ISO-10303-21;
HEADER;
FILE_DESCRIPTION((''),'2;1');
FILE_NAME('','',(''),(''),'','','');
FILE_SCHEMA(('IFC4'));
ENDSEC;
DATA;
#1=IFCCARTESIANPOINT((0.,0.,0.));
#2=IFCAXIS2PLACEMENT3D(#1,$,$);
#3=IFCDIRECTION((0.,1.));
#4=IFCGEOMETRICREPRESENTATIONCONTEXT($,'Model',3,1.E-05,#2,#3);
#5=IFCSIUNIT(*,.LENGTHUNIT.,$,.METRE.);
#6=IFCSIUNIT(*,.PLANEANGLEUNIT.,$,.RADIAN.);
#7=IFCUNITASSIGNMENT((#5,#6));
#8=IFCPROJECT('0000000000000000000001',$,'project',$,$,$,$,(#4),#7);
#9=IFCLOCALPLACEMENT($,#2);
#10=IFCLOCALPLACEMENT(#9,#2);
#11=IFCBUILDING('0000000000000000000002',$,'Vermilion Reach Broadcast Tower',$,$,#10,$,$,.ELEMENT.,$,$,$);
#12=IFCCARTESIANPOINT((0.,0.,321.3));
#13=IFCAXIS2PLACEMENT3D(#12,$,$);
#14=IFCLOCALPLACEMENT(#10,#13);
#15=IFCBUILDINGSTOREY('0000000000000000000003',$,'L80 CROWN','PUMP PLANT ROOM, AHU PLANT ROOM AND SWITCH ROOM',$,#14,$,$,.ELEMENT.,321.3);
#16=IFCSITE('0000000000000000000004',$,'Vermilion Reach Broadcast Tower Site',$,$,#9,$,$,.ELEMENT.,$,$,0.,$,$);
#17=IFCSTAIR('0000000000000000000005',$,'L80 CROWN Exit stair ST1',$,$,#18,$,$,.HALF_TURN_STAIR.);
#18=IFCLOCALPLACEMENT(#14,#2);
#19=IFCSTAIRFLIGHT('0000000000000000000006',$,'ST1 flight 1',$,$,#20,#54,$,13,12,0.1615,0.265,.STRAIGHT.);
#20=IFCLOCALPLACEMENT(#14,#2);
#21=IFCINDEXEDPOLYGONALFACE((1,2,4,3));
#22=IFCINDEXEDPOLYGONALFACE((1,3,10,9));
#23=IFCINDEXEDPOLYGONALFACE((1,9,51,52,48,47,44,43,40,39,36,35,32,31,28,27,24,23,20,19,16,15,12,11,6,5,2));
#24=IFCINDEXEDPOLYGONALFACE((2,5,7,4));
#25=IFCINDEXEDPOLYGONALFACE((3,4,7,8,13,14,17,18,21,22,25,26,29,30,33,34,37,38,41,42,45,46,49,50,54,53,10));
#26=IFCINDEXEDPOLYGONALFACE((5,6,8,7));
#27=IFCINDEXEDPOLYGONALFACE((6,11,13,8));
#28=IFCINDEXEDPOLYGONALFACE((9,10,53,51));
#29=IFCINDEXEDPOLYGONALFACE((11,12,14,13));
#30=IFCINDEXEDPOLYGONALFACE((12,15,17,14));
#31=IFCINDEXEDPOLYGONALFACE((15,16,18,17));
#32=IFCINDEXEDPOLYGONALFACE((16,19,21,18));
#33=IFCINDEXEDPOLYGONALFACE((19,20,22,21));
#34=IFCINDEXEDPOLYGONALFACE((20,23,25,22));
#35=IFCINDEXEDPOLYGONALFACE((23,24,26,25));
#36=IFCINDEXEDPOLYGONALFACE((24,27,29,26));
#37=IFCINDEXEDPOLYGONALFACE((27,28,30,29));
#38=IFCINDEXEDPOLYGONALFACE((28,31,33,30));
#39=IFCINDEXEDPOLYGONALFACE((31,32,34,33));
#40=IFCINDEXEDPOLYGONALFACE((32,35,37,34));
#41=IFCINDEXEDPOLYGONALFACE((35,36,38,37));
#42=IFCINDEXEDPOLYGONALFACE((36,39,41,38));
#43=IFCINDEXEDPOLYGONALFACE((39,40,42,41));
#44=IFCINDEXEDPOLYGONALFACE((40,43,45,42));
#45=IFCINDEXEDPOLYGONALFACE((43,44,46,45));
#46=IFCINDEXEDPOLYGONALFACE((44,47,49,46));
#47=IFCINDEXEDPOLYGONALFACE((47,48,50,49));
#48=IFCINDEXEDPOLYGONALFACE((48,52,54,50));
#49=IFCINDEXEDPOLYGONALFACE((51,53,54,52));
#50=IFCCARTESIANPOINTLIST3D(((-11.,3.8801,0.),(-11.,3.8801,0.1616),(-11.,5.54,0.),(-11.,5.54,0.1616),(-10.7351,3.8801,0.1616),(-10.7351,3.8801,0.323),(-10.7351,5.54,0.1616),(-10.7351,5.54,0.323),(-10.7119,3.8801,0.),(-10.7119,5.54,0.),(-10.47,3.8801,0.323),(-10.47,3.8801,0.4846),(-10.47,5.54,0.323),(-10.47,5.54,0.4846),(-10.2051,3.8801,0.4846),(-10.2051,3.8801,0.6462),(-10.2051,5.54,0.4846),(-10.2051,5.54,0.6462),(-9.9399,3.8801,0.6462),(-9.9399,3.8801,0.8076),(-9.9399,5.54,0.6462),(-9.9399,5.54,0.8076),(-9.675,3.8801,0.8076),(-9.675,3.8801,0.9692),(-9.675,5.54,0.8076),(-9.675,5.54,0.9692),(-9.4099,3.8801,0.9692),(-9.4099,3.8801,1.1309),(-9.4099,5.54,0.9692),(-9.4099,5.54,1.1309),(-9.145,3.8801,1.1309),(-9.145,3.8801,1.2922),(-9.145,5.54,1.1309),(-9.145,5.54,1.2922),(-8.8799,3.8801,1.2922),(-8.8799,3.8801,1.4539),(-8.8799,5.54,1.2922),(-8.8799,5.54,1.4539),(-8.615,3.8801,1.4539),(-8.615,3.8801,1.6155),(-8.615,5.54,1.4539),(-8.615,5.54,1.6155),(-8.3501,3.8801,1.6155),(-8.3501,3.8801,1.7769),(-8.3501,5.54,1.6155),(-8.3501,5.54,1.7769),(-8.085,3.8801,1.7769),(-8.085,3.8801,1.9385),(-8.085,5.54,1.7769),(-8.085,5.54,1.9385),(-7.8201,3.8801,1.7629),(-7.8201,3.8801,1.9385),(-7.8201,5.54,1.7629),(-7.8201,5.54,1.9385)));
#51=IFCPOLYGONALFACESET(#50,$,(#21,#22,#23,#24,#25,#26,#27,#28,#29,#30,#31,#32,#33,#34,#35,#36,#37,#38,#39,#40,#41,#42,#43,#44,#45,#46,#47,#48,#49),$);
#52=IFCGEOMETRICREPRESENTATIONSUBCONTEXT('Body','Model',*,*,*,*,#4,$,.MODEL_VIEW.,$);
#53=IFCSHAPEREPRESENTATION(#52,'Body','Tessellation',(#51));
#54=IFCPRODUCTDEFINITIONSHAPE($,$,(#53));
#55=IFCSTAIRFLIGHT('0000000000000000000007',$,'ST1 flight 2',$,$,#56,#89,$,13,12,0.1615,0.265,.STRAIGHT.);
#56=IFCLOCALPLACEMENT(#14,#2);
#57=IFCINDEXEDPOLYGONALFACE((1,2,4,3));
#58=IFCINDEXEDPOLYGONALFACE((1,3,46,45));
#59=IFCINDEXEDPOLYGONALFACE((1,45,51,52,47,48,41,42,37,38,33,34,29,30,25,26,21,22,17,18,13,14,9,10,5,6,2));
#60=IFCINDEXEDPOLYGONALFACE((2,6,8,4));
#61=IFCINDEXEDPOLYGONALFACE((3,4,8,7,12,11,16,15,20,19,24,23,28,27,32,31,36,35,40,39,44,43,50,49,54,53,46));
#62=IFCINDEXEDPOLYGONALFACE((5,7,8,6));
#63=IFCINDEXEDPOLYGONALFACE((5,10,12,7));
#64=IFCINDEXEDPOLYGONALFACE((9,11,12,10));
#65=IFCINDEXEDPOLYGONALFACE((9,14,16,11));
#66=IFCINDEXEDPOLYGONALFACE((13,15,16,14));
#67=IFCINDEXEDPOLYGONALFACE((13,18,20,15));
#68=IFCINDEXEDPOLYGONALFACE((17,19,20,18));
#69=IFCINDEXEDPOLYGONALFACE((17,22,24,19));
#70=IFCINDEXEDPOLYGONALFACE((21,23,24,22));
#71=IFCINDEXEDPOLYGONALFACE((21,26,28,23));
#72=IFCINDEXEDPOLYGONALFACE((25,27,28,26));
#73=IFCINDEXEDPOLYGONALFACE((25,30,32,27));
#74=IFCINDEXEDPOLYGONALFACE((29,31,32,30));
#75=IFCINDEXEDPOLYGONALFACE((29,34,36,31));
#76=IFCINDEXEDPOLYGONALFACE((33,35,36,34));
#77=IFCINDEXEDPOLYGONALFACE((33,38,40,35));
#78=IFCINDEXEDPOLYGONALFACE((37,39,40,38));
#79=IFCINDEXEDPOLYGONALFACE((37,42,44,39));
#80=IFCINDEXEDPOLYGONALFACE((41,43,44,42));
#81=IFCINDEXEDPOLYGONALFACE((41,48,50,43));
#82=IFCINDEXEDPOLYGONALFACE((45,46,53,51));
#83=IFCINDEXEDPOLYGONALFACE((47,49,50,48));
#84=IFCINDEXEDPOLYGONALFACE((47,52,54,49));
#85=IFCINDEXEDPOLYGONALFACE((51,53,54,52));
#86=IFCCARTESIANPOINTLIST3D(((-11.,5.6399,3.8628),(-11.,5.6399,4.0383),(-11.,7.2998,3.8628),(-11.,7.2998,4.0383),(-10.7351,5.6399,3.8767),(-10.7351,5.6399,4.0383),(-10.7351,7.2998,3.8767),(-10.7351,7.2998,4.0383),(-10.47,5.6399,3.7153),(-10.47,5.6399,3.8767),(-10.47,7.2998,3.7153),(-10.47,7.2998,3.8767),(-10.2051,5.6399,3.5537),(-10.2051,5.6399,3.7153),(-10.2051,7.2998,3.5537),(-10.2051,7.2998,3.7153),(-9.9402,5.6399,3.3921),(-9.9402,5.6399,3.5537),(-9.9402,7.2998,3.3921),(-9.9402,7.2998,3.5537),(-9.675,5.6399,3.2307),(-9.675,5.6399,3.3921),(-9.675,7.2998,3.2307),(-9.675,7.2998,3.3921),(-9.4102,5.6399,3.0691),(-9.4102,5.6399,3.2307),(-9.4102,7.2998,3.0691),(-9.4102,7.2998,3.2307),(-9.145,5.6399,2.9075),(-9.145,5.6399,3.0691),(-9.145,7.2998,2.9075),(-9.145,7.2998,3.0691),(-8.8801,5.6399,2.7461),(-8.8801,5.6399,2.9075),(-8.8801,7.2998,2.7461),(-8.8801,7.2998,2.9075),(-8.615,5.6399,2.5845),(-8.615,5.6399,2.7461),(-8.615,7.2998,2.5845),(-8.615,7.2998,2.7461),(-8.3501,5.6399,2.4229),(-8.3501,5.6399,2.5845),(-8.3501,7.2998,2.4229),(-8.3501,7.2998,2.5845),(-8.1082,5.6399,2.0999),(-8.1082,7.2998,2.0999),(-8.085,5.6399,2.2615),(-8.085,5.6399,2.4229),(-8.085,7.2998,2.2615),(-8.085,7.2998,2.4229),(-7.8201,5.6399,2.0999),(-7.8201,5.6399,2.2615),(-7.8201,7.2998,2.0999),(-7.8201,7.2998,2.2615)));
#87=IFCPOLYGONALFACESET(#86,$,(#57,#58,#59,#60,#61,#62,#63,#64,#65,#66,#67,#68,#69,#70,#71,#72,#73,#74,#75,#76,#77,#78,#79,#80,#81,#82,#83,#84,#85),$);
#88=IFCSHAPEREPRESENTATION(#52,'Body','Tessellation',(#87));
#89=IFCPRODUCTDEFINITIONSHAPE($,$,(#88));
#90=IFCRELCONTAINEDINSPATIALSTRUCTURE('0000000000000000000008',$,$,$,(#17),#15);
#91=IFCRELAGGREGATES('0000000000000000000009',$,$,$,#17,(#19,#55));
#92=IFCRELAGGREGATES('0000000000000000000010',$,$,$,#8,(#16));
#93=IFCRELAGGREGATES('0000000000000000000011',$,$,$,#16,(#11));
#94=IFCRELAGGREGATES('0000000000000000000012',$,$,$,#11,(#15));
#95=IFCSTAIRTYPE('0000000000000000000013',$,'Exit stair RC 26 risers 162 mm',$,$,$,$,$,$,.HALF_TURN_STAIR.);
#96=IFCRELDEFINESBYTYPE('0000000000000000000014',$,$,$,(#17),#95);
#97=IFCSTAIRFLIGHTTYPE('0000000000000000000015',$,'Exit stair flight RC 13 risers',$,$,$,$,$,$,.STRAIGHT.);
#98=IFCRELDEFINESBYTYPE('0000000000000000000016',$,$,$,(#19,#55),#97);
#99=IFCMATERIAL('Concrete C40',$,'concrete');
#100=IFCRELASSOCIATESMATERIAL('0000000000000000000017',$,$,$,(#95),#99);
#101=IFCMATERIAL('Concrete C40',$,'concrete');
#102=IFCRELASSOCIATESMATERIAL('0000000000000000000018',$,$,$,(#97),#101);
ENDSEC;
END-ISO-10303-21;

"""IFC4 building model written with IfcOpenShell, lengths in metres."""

from ifc_helpers import new_model, si_unit, direction, frame, origin, place, context, subcontext, project, spatial, polyline, outline, extrude, material, type_object, element, aggregate, save


model = new_model("IFC4")

# Units and contexts
model_context = context("Model", 3, precision=1e-05, world=origin(), true_north=direction((0.0, 1.0)))
body_context = subcontext(model_context, "Body", "Model", "MODEL_VIEW")
ifc_project = project(units=[si_unit("LENGTHUNIT", "METRE"), si_unit("PLANEANGLEUNIT", "RADIAN")], contexts=[model_context])

# Site, building, storey
site_placement = place(None, origin())
site = spatial("IfcSite", under=ifc_project, at=site_placement, Name="Vermilion Reach Broadcast Tower Site", CompositionType="ELEMENT", RefElevation=0.0)
building_placement = place(site_placement, origin())
building = spatial("IfcBuilding", under=site, at=building_placement, Name="Vermilion Reach Broadcast Tower", CompositionType="ELEMENT")
storey_placement = place(building_placement, frame((0.0, 0.0, 321.3)))
storey = spatial("IfcBuildingStorey", under=building, at=storey_placement, Name="L80 CROWN", Description="PUMP PLANT ROOM, AHU PLANT ROOM AND SWITCH ROOM", CompositionType="ELEMENT", Elevation=321.3)

# Stair, stair flights
ifc_material_1 = material(Name="Concrete C40", Category="concrete")
stair_type = type_object("IfcStairType", Name="Exit stair RC 26 risers 162 mm", PredefinedType="HALF_TURN_STAIR", material=ifc_material_1)
stair_placement = place(storey_placement, origin())
stair = element("IfcStair", 1, at=stair_placement, inside=storey, type_object=stair_type, Name="L80 CROWN Exit stair ST1", PredefinedType="HALF_TURN_STAIR")
ifc_material_2 = material(Name="Concrete C40", Category="concrete")
stair_flight_type = type_object("IfcStairFlightType", Name="Exit stair flight RC 13 risers", PredefinedType="STRAIGHT", material=ifc_material_2)
stair_flight_1_placement = place(storey_placement, frame((-11.0, 4.71, 0.0), z_axis=(0.0, 0.0, 1.0), x_axis=(1.0, 0.0, 0.0)))
stair_flight_1 = element("IfcStairFlight", 2, at=stair_flight_1_placement, type_object=stair_flight_type, Name="ST1 flight 1", NumberOfRisers=13, NumberOfTreads=12, PredefinedType="STRAIGHT", RiserHeight=0.1615, TreadLength=0.265, context=body_context, shape_type="SweptSolid", body=[
    extrude(outline(polyline([(0.0, 0.0), (0.0, 0.1616), (0.2649, 0.1616), (0.2649, 0.323), (0.53, 0.323), (0.53, 0.4846), (0.7949, 0.4846), (0.7949, 0.6462), (1.0601, 0.6462), (1.0601, 0.8076), (1.325, 0.8076), (1.325, 0.9692), (1.5901, 0.9692), (1.5901, 1.1309), (1.855, 1.1309), (1.855, 1.2922), (2.1201, 1.2922), (2.1201, 1.4539), (2.385, 1.4539), (2.385, 1.6155), (2.6499, 1.6155), (2.6499, 1.7769), (2.915, 1.7769), (2.915, 1.9385), (3.1799, 1.9385), (3.1799, 2.1001), (3.1799, 1.7629), (0.2881, 0.0), (0.0, 0.0)])), frame((0.0, 0.8301, 0.0), z_axis=(0.0, -1.0, 0.0), x_axis=(1.0, 0.0, 0.0)), (0.0, 0.0, 1.0), 1.6599),
])
stair_flight_2_placement = place(storey_placement, frame((-7.8201, 6.47, 2.0999), z_axis=(0.0, 0.0, 1.0), x_axis=(-1.0, 0.0, 0.0)))
stair_flight_2 = element("IfcStairFlight", 3, at=stair_flight_2_placement, type_object=stair_flight_type, Name="ST1 flight 2", NumberOfRisers=13, NumberOfTreads=12, PredefinedType="STRAIGHT", RiserHeight=0.1615, TreadLength=0.265, context=body_context, shape_type="SweptSolid", body=[
    extrude(outline(polyline([(0.0, 0.0), (0.0, 0.1616), (0.2649, 0.1616), (0.2649, 0.323), (0.53, 0.323), (0.53, 0.4846), (0.7949, 0.4846), (0.7949, 0.6462), (1.0601, 0.6462), (1.0601, 0.8076), (1.325, 0.8076), (1.325, 0.9692), (1.5901, 0.9692), (1.5901, 1.1309), (1.855, 1.1309), (1.855, 1.2922), (2.1201, 1.2922), (2.1201, 1.4539), (2.385, 1.4539), (2.385, 1.6155), (2.6499, 1.6155), (2.6499, 1.7769), (2.915, 1.7769), (2.915, 1.9385), (3.1799, 1.9385), (3.1799, 2.1001), (3.1799, 1.7629), (0.2881, 0.0), (0.0, 0.0)])), frame((0.0, 0.8301, 0.0), z_axis=(0.0, -1.0, 0.0), x_axis=(1.0, 0.0, 0.0)), (0.0, 0.0, 1.0), 1.6599),
])
aggregate(stair, [stair_flight_1, stair_flight_2])

save(model, "model.ifc")
